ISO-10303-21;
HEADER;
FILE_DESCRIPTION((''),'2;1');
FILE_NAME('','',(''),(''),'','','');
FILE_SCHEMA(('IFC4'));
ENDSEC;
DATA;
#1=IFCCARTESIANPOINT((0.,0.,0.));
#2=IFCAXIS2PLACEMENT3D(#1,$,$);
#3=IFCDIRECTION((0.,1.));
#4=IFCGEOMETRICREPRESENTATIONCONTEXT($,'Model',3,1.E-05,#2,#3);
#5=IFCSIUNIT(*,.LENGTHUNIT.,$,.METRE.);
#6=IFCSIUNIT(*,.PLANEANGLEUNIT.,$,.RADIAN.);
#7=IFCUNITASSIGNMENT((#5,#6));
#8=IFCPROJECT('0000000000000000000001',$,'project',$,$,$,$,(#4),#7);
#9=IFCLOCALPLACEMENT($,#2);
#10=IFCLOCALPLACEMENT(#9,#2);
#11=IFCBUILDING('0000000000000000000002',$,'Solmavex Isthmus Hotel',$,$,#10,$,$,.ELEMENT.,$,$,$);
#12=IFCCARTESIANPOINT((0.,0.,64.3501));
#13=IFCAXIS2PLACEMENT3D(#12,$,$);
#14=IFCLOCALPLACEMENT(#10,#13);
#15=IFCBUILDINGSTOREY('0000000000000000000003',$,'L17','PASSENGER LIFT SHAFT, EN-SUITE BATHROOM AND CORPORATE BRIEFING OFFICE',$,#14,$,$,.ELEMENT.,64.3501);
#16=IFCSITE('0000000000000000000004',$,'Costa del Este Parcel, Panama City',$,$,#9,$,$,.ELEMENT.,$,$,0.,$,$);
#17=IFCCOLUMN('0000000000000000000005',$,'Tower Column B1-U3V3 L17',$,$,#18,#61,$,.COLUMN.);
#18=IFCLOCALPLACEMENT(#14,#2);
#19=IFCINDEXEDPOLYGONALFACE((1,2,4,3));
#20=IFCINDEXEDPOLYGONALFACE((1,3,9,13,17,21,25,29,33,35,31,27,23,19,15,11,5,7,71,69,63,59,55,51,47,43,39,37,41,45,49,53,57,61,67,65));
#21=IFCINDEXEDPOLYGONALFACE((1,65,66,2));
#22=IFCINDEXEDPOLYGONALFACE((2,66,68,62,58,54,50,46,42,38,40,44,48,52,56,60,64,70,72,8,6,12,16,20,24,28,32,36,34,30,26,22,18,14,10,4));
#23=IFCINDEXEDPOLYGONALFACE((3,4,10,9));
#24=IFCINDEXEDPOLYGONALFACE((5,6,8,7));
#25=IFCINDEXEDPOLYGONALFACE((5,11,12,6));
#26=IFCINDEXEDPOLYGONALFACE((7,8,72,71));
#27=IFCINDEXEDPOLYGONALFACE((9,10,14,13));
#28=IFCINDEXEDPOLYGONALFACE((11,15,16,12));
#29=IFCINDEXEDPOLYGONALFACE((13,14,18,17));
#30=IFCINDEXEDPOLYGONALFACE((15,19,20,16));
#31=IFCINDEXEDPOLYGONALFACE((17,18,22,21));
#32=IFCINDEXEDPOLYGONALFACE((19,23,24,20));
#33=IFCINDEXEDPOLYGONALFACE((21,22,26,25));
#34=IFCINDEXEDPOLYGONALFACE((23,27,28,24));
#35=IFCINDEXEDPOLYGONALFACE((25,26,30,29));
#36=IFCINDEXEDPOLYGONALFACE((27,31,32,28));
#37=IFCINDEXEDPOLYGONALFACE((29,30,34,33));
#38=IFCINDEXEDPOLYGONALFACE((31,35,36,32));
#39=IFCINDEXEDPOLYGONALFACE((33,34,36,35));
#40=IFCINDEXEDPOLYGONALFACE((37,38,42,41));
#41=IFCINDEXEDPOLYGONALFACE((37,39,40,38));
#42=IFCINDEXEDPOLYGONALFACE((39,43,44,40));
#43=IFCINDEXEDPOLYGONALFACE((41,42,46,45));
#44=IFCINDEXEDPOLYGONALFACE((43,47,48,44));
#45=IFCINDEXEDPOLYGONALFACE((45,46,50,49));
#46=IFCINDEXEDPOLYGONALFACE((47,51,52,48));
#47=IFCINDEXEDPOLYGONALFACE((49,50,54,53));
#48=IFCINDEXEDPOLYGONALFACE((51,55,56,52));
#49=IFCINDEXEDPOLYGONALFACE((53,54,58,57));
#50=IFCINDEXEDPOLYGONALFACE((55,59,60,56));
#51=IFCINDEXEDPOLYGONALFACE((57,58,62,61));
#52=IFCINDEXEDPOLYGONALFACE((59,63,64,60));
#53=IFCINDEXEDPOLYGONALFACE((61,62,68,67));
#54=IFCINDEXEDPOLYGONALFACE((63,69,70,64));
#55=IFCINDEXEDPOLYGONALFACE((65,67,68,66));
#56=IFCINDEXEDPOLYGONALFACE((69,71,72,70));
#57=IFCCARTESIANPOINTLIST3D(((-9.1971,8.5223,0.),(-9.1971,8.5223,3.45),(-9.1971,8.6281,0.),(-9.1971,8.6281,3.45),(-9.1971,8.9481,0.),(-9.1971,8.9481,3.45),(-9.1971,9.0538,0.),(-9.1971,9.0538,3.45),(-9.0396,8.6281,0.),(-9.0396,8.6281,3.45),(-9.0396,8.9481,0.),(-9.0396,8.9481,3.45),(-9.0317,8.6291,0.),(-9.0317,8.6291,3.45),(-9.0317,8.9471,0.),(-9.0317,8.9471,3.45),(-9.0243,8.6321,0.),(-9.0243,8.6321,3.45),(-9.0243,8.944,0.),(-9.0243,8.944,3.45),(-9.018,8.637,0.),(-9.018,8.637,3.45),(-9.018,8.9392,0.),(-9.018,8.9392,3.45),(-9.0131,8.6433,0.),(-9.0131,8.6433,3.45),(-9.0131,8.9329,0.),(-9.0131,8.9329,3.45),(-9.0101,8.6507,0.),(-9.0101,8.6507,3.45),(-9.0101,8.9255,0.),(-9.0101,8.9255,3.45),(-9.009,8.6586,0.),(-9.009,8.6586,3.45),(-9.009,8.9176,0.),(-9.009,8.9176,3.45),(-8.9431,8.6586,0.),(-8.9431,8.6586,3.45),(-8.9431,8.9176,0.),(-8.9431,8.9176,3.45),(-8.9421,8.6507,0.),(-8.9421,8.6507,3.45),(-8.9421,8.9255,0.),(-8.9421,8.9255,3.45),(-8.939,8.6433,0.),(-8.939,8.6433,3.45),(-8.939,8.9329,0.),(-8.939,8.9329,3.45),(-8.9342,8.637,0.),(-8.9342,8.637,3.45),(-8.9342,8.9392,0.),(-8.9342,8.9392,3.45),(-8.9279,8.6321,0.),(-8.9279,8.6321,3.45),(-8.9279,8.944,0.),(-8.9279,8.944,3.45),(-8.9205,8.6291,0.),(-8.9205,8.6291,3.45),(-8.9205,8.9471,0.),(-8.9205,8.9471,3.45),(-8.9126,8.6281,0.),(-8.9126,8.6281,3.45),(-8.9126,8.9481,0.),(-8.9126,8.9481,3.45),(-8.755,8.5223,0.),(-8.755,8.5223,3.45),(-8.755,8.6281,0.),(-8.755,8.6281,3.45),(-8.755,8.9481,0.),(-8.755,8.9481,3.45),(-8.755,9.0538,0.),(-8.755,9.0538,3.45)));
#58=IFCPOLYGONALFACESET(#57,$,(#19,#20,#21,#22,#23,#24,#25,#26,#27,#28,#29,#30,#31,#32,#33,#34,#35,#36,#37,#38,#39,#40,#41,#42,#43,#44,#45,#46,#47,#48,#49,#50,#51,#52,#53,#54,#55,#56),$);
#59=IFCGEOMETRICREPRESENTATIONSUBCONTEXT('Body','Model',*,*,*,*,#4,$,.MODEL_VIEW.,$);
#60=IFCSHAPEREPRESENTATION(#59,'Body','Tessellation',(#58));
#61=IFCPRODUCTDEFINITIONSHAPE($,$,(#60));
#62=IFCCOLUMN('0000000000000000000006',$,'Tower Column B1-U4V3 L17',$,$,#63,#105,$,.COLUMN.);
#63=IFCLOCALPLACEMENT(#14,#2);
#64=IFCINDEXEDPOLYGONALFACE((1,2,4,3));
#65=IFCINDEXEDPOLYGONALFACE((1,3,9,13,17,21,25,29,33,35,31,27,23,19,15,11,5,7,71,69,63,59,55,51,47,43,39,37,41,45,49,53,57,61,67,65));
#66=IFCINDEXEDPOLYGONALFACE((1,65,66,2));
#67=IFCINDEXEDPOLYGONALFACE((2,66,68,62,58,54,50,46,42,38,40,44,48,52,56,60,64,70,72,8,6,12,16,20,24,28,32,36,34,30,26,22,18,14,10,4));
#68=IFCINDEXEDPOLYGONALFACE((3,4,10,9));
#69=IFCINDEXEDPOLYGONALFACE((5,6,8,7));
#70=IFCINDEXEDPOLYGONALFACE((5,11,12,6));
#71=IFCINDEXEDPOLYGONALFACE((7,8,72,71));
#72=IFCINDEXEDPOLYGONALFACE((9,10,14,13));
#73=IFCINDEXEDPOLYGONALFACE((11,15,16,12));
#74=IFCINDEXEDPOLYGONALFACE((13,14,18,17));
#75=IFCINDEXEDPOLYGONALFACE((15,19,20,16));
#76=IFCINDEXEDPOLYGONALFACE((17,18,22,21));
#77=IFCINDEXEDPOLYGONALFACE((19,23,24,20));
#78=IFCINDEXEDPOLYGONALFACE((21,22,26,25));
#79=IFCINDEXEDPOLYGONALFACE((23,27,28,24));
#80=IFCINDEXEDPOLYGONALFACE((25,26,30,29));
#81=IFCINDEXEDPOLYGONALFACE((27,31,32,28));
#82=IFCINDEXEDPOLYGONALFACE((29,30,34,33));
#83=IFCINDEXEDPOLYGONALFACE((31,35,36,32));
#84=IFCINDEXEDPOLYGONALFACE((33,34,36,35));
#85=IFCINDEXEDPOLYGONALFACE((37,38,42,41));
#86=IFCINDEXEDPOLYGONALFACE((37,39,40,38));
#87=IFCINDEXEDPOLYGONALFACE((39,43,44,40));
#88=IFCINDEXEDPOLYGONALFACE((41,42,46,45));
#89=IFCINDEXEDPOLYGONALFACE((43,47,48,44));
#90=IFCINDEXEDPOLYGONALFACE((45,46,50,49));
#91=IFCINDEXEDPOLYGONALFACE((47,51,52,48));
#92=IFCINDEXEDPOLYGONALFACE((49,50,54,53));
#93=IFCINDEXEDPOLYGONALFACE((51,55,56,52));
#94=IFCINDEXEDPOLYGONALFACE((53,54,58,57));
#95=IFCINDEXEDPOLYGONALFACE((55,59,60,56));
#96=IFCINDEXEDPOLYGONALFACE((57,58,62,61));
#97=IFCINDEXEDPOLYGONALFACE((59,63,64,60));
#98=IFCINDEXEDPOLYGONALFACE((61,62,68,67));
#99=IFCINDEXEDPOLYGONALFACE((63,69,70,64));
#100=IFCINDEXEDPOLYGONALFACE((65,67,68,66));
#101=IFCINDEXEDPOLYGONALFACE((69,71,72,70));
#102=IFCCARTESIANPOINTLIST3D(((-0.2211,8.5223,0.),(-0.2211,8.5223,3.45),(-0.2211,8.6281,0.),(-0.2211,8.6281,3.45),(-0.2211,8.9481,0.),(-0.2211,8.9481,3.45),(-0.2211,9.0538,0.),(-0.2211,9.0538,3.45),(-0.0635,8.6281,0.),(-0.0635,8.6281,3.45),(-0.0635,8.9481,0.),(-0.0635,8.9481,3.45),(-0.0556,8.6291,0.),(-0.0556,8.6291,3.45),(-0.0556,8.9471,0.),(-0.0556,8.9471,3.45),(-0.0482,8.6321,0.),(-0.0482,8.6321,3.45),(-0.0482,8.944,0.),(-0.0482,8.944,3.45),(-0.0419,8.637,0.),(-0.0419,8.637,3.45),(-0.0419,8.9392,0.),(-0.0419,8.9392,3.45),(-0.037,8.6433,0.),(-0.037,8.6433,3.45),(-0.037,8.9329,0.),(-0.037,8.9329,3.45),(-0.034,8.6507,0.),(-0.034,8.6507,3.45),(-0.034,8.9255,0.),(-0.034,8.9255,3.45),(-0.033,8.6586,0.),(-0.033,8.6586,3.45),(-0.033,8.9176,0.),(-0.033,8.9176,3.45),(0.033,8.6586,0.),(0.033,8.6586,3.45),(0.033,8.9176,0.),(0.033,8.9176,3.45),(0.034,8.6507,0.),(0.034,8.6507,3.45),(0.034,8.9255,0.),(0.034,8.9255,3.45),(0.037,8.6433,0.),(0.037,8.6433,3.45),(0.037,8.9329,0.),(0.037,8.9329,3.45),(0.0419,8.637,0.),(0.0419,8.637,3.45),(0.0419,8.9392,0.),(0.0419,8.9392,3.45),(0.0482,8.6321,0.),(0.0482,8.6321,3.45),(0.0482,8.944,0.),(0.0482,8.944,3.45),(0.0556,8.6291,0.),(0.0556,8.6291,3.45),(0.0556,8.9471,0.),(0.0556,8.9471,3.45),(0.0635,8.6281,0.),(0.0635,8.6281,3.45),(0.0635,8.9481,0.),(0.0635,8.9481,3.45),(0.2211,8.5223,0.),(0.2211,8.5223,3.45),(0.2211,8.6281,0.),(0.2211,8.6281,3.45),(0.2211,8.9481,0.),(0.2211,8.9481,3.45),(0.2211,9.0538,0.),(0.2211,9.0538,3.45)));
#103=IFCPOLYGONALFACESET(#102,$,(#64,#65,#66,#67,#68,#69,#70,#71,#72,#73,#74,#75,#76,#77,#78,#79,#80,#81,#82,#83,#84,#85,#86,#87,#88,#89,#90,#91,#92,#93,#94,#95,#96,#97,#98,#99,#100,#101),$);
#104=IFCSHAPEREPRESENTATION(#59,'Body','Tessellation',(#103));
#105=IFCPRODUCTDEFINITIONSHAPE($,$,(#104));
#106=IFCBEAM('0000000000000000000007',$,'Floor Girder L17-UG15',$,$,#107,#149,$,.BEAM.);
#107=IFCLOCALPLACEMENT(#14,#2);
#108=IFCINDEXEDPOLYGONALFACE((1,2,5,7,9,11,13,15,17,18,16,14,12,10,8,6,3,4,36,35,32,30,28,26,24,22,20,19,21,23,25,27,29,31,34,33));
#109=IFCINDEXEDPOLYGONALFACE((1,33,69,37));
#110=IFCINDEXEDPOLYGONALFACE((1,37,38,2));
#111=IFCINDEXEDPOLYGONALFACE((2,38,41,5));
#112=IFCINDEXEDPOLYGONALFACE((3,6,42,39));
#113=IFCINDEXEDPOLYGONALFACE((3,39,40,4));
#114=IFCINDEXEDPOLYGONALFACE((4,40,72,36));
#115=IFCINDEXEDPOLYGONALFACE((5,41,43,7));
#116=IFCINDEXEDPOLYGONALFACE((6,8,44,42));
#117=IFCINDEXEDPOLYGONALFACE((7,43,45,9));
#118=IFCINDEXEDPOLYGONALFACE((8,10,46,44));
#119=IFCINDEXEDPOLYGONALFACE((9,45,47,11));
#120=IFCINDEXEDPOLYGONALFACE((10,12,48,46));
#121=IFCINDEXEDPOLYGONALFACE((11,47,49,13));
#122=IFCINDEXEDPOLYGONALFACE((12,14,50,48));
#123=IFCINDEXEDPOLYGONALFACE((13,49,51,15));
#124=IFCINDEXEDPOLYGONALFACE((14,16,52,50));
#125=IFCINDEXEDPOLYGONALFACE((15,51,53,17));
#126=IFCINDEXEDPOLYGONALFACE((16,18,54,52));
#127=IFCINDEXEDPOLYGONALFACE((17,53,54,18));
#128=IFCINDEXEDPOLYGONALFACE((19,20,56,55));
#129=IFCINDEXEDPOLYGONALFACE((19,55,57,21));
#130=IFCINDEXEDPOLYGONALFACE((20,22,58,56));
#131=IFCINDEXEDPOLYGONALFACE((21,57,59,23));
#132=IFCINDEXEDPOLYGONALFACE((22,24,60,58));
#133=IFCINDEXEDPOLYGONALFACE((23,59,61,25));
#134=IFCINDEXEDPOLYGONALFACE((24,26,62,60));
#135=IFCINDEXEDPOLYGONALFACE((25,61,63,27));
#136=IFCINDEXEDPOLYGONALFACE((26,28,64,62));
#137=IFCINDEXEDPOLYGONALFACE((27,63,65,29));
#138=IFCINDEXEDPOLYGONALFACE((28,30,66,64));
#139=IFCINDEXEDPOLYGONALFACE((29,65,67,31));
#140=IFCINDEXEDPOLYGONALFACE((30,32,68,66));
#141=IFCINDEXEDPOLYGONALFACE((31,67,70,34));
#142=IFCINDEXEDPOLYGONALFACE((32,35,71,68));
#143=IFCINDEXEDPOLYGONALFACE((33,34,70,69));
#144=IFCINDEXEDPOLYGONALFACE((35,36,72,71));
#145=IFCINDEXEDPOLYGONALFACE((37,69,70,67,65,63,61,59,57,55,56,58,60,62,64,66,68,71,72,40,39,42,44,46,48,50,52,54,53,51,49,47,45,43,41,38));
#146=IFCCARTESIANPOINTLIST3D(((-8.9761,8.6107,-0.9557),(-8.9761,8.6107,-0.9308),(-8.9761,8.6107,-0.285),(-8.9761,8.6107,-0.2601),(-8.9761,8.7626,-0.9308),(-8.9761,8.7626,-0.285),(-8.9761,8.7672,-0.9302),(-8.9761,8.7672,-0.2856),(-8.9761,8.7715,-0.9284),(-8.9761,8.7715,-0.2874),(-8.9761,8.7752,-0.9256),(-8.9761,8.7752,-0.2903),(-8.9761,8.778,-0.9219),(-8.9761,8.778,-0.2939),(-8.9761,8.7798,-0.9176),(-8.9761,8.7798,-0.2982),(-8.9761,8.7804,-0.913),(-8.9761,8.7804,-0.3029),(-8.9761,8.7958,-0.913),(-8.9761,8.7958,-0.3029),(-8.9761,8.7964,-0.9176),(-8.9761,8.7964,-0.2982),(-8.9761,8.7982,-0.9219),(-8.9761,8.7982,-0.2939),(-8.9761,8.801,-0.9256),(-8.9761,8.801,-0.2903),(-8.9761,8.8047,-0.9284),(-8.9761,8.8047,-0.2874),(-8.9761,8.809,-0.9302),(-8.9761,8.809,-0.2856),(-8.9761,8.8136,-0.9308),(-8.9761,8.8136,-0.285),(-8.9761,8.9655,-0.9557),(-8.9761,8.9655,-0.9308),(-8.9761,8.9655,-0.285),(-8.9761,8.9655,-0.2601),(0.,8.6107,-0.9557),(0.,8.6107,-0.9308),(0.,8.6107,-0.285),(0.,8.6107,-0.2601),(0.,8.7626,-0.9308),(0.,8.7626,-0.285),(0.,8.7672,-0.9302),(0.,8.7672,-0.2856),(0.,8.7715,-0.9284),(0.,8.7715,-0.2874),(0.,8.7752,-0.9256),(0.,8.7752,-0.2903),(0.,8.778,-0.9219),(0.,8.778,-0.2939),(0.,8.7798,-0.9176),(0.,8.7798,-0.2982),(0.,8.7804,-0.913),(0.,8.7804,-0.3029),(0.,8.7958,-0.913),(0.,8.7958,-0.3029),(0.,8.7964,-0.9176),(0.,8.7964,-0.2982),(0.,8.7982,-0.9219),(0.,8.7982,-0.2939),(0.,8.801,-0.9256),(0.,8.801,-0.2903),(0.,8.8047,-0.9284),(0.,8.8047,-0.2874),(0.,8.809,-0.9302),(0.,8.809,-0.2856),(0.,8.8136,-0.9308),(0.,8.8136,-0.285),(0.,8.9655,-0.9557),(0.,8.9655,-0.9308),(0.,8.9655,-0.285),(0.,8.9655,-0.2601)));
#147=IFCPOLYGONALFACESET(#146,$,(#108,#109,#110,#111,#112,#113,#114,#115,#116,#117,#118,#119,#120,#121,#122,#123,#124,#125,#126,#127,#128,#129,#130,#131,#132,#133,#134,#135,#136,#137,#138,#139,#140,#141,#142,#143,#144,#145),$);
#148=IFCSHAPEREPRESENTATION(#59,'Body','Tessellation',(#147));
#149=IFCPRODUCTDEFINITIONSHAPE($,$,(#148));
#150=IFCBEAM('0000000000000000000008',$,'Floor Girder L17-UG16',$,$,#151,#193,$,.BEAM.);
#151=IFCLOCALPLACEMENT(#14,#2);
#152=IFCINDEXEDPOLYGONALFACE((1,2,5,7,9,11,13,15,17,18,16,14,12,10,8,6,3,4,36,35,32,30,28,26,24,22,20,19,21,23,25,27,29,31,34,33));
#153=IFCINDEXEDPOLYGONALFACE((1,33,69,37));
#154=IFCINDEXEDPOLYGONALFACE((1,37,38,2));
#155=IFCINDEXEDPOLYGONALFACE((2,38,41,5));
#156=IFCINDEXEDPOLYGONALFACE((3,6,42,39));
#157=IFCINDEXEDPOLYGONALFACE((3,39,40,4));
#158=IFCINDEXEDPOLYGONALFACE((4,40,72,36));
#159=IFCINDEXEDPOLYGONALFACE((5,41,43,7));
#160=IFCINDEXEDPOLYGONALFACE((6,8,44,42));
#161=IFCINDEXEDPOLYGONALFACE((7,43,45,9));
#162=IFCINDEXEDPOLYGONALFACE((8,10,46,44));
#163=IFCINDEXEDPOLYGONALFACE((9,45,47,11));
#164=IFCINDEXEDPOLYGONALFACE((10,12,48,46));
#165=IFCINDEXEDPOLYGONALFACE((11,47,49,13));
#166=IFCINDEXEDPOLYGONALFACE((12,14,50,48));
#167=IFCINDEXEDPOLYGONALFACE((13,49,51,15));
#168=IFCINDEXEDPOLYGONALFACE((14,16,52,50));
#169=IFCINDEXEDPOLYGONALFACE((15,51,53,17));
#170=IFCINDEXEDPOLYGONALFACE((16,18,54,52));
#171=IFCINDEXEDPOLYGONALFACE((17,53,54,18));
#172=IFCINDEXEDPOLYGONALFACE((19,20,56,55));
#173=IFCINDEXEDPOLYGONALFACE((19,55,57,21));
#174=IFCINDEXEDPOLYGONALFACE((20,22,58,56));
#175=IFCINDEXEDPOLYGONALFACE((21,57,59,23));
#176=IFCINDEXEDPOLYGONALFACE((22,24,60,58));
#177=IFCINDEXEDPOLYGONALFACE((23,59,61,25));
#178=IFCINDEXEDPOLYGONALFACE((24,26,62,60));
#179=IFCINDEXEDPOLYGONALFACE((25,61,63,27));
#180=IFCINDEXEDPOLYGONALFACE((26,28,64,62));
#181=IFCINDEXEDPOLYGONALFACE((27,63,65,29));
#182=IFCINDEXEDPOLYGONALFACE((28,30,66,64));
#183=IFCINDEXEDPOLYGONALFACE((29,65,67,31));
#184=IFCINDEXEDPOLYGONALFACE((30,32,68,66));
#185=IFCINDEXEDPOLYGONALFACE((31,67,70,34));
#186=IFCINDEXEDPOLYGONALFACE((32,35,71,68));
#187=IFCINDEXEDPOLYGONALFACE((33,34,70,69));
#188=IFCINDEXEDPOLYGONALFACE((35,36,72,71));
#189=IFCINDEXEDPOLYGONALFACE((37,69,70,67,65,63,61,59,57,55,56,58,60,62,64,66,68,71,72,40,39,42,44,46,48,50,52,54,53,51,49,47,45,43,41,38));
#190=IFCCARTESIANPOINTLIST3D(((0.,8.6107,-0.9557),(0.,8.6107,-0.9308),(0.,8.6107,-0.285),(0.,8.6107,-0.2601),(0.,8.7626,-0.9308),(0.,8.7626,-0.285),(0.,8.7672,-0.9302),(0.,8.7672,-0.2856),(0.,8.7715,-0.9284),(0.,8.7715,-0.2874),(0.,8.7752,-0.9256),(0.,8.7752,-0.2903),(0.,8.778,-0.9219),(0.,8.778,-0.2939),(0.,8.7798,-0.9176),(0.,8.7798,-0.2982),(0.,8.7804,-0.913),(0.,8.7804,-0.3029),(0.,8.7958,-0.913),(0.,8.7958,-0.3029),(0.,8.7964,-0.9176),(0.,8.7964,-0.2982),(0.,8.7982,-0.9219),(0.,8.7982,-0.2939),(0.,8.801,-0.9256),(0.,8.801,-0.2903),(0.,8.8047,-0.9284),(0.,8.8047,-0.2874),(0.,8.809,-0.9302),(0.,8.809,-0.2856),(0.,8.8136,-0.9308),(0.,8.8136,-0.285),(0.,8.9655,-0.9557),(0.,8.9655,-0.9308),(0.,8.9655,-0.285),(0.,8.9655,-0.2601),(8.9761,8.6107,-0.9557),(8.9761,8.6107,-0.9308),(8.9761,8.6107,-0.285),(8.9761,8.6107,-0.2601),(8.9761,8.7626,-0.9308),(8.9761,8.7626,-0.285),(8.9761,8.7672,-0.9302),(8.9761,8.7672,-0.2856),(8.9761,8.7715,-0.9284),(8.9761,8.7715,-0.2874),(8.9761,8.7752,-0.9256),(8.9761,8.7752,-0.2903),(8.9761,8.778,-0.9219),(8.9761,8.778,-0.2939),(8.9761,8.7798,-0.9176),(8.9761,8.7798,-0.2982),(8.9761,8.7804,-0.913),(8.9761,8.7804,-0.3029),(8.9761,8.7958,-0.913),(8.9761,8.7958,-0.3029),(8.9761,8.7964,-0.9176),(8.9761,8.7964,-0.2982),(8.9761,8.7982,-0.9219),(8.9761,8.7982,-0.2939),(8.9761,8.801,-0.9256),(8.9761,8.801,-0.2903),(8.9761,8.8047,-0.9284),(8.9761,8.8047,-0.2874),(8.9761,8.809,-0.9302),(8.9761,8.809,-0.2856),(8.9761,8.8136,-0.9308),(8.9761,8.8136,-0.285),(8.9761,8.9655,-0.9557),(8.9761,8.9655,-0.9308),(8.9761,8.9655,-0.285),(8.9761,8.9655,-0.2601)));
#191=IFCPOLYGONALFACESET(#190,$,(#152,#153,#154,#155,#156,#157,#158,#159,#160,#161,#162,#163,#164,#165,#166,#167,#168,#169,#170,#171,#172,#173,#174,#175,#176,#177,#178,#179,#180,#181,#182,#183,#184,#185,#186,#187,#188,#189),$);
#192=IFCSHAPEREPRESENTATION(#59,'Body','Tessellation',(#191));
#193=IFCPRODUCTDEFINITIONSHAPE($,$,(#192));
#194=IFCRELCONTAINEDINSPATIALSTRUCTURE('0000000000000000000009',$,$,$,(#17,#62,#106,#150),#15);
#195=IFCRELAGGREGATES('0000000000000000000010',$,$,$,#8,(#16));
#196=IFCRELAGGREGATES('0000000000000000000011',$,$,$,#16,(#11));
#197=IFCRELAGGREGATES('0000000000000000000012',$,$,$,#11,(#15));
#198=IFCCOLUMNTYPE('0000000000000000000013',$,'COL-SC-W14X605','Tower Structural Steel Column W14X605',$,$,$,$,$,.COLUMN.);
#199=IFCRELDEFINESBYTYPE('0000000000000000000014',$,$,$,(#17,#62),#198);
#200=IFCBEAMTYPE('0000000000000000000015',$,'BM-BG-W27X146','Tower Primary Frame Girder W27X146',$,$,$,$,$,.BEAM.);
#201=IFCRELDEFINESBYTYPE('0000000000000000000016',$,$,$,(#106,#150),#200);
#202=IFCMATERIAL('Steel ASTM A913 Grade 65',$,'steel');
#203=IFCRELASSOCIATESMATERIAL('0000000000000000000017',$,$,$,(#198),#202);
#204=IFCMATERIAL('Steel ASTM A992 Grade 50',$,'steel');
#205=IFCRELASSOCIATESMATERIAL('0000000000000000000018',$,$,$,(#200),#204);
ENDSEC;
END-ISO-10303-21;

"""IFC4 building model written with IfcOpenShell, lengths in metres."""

from ifc_helpers import new_model, si_unit, direction, frame, origin, origin_2d, place, context, subcontext, project, spatial, i_section, extrude, material, material_profile, profile_set, type_object, element, save


model = new_model("IFC4")

# Units and contexts
model_context = context("Model", 3, precision=1e-05, world=origin(), true_north=direction((0.0, 1.0)))
body_context = subcontext(model_context, "Body", "Model", "MODEL_VIEW")
ifc_project = project(units=[si_unit("LENGTHUNIT", "METRE"), si_unit("PLANEANGLEUNIT", "RADIAN")], contexts=[model_context])

# Site, building, storey
site_placement = place(None, origin())
site = spatial("IfcSite", under=ifc_project, at=site_placement, Name="Costa del Este Parcel, Panama City", CompositionType="ELEMENT", RefElevation=0.0)
building_placement = place(site_placement, origin())
building = spatial("IfcBuilding", under=site, at=building_placement, Name="Solmavex Isthmus Hotel", CompositionType="ELEMENT")
storey_placement = place(building_placement, frame((0.0, 0.0, 64.3501)))
storey = spatial("IfcBuildingStorey", under=building, at=storey_placement, Name="L17", Description="PASSENGER LIFT SHAFT, EN-SUITE BATHROOM AND CORPORATE BRIEFING OFFICE", CompositionType="ELEMENT", Elevation=64.3501)

# Columns
ifc_material_1 = material(Name="Steel ASTM A913 Grade 65", Category="steel")
ifc_material_profile_1 = material_profile(ifc_material_1, i_section(OverallWidth=0.4421, OverallDepth=0.5315, WebThickness=0.0659, FlangeThickness=0.1057, FilletRadius=0.0305, at=origin_2d()), Name="W14X605")
ifc_profile_set_1 = profile_set([ifc_material_profile_1], Name="Steel ASTM A913 Grade 65")
column_type = type_object("IfcColumnType", Name="COL-SC-W14X605", Description="Tower Structural Steel Column W14X605", PredefinedType="COLUMN", material=ifc_profile_set_1)
for number, where, z_axis, x_axis, name in (
    (1, (-8.9761, 8.7881, 0.0), (0.0, 0.0, 1.0), (1.0, 0.0, 0.0), "Tower Column B1-U3V3 L17"),
    (2, (0.0, 8.7881, 0.0), (0.0, 0.0, 1.0), (1.0, 0.0, 0.0), "Tower Column B1-U4V3 L17"),
):
    element("IfcColumn", number, at=place(storey_placement, frame(where, z_axis=z_axis, x_axis=x_axis)), inside=storey, type_object=column_type, Name=name, PredefinedType="COLUMN", context=body_context, shape_type="SweptSolid", body=[
        extrude(i_section(OverallWidth=0.4421, OverallDepth=0.5315, WebThickness=0.0659, FlangeThickness=0.1057, FilletRadius=0.0305, at=origin_2d()), origin(), (0.0, 0.0, 1.0), 3.45),
    ])

# Beams
ifc_material_2 = material(Name="Steel ASTM A992 Grade 50", Category="steel")
ifc_material_profile_2 = material_profile(ifc_material_2, i_section(OverallWidth=0.3547, OverallDepth=0.6956, WebThickness=0.0154, FlangeThickness=0.0249, FilletRadius=0.0178, at=origin_2d()), Name="W27X146")
ifc_profile_set_2 = profile_set([ifc_material_profile_2], Name="Steel ASTM A992 Grade 50")
beam_type_1 = type_object("IfcBeamType", Name="BM-BG-W27X146", Description="Tower Primary Frame Girder W27X146", PredefinedType="BEAM", material=ifc_profile_set_2)
for number, where, z_axis, x_axis, name in (
    (3, (-8.9761, 8.7881, -0.6079), (1.0, 0.0, 0.0), (0.0, 1.0, 0.0), "Floor Girder L17-UG15"),
    (4, (0.0, 8.7881, -0.6079), (1.0, 0.0, 0.0), (0.0, 1.0, 0.0), "Floor Girder L17-UG16"),
):
    element("IfcBeam", number, at=place(storey_placement, frame(where, z_axis=z_axis, x_axis=x_axis)), inside=storey, type_object=beam_type_1, Name=name, PredefinedType="BEAM", context=body_context, shape_type="SweptSolid", body=[
        extrude(i_section(OverallWidth=0.3547, OverallDepth=0.6956, WebThickness=0.0154, FlangeThickness=0.0249, FilletRadius=0.0178, at=origin_2d()), origin(), (0.0, 0.0, 1.0), 8.9761),
    ])

save(model, "model.ifc")
